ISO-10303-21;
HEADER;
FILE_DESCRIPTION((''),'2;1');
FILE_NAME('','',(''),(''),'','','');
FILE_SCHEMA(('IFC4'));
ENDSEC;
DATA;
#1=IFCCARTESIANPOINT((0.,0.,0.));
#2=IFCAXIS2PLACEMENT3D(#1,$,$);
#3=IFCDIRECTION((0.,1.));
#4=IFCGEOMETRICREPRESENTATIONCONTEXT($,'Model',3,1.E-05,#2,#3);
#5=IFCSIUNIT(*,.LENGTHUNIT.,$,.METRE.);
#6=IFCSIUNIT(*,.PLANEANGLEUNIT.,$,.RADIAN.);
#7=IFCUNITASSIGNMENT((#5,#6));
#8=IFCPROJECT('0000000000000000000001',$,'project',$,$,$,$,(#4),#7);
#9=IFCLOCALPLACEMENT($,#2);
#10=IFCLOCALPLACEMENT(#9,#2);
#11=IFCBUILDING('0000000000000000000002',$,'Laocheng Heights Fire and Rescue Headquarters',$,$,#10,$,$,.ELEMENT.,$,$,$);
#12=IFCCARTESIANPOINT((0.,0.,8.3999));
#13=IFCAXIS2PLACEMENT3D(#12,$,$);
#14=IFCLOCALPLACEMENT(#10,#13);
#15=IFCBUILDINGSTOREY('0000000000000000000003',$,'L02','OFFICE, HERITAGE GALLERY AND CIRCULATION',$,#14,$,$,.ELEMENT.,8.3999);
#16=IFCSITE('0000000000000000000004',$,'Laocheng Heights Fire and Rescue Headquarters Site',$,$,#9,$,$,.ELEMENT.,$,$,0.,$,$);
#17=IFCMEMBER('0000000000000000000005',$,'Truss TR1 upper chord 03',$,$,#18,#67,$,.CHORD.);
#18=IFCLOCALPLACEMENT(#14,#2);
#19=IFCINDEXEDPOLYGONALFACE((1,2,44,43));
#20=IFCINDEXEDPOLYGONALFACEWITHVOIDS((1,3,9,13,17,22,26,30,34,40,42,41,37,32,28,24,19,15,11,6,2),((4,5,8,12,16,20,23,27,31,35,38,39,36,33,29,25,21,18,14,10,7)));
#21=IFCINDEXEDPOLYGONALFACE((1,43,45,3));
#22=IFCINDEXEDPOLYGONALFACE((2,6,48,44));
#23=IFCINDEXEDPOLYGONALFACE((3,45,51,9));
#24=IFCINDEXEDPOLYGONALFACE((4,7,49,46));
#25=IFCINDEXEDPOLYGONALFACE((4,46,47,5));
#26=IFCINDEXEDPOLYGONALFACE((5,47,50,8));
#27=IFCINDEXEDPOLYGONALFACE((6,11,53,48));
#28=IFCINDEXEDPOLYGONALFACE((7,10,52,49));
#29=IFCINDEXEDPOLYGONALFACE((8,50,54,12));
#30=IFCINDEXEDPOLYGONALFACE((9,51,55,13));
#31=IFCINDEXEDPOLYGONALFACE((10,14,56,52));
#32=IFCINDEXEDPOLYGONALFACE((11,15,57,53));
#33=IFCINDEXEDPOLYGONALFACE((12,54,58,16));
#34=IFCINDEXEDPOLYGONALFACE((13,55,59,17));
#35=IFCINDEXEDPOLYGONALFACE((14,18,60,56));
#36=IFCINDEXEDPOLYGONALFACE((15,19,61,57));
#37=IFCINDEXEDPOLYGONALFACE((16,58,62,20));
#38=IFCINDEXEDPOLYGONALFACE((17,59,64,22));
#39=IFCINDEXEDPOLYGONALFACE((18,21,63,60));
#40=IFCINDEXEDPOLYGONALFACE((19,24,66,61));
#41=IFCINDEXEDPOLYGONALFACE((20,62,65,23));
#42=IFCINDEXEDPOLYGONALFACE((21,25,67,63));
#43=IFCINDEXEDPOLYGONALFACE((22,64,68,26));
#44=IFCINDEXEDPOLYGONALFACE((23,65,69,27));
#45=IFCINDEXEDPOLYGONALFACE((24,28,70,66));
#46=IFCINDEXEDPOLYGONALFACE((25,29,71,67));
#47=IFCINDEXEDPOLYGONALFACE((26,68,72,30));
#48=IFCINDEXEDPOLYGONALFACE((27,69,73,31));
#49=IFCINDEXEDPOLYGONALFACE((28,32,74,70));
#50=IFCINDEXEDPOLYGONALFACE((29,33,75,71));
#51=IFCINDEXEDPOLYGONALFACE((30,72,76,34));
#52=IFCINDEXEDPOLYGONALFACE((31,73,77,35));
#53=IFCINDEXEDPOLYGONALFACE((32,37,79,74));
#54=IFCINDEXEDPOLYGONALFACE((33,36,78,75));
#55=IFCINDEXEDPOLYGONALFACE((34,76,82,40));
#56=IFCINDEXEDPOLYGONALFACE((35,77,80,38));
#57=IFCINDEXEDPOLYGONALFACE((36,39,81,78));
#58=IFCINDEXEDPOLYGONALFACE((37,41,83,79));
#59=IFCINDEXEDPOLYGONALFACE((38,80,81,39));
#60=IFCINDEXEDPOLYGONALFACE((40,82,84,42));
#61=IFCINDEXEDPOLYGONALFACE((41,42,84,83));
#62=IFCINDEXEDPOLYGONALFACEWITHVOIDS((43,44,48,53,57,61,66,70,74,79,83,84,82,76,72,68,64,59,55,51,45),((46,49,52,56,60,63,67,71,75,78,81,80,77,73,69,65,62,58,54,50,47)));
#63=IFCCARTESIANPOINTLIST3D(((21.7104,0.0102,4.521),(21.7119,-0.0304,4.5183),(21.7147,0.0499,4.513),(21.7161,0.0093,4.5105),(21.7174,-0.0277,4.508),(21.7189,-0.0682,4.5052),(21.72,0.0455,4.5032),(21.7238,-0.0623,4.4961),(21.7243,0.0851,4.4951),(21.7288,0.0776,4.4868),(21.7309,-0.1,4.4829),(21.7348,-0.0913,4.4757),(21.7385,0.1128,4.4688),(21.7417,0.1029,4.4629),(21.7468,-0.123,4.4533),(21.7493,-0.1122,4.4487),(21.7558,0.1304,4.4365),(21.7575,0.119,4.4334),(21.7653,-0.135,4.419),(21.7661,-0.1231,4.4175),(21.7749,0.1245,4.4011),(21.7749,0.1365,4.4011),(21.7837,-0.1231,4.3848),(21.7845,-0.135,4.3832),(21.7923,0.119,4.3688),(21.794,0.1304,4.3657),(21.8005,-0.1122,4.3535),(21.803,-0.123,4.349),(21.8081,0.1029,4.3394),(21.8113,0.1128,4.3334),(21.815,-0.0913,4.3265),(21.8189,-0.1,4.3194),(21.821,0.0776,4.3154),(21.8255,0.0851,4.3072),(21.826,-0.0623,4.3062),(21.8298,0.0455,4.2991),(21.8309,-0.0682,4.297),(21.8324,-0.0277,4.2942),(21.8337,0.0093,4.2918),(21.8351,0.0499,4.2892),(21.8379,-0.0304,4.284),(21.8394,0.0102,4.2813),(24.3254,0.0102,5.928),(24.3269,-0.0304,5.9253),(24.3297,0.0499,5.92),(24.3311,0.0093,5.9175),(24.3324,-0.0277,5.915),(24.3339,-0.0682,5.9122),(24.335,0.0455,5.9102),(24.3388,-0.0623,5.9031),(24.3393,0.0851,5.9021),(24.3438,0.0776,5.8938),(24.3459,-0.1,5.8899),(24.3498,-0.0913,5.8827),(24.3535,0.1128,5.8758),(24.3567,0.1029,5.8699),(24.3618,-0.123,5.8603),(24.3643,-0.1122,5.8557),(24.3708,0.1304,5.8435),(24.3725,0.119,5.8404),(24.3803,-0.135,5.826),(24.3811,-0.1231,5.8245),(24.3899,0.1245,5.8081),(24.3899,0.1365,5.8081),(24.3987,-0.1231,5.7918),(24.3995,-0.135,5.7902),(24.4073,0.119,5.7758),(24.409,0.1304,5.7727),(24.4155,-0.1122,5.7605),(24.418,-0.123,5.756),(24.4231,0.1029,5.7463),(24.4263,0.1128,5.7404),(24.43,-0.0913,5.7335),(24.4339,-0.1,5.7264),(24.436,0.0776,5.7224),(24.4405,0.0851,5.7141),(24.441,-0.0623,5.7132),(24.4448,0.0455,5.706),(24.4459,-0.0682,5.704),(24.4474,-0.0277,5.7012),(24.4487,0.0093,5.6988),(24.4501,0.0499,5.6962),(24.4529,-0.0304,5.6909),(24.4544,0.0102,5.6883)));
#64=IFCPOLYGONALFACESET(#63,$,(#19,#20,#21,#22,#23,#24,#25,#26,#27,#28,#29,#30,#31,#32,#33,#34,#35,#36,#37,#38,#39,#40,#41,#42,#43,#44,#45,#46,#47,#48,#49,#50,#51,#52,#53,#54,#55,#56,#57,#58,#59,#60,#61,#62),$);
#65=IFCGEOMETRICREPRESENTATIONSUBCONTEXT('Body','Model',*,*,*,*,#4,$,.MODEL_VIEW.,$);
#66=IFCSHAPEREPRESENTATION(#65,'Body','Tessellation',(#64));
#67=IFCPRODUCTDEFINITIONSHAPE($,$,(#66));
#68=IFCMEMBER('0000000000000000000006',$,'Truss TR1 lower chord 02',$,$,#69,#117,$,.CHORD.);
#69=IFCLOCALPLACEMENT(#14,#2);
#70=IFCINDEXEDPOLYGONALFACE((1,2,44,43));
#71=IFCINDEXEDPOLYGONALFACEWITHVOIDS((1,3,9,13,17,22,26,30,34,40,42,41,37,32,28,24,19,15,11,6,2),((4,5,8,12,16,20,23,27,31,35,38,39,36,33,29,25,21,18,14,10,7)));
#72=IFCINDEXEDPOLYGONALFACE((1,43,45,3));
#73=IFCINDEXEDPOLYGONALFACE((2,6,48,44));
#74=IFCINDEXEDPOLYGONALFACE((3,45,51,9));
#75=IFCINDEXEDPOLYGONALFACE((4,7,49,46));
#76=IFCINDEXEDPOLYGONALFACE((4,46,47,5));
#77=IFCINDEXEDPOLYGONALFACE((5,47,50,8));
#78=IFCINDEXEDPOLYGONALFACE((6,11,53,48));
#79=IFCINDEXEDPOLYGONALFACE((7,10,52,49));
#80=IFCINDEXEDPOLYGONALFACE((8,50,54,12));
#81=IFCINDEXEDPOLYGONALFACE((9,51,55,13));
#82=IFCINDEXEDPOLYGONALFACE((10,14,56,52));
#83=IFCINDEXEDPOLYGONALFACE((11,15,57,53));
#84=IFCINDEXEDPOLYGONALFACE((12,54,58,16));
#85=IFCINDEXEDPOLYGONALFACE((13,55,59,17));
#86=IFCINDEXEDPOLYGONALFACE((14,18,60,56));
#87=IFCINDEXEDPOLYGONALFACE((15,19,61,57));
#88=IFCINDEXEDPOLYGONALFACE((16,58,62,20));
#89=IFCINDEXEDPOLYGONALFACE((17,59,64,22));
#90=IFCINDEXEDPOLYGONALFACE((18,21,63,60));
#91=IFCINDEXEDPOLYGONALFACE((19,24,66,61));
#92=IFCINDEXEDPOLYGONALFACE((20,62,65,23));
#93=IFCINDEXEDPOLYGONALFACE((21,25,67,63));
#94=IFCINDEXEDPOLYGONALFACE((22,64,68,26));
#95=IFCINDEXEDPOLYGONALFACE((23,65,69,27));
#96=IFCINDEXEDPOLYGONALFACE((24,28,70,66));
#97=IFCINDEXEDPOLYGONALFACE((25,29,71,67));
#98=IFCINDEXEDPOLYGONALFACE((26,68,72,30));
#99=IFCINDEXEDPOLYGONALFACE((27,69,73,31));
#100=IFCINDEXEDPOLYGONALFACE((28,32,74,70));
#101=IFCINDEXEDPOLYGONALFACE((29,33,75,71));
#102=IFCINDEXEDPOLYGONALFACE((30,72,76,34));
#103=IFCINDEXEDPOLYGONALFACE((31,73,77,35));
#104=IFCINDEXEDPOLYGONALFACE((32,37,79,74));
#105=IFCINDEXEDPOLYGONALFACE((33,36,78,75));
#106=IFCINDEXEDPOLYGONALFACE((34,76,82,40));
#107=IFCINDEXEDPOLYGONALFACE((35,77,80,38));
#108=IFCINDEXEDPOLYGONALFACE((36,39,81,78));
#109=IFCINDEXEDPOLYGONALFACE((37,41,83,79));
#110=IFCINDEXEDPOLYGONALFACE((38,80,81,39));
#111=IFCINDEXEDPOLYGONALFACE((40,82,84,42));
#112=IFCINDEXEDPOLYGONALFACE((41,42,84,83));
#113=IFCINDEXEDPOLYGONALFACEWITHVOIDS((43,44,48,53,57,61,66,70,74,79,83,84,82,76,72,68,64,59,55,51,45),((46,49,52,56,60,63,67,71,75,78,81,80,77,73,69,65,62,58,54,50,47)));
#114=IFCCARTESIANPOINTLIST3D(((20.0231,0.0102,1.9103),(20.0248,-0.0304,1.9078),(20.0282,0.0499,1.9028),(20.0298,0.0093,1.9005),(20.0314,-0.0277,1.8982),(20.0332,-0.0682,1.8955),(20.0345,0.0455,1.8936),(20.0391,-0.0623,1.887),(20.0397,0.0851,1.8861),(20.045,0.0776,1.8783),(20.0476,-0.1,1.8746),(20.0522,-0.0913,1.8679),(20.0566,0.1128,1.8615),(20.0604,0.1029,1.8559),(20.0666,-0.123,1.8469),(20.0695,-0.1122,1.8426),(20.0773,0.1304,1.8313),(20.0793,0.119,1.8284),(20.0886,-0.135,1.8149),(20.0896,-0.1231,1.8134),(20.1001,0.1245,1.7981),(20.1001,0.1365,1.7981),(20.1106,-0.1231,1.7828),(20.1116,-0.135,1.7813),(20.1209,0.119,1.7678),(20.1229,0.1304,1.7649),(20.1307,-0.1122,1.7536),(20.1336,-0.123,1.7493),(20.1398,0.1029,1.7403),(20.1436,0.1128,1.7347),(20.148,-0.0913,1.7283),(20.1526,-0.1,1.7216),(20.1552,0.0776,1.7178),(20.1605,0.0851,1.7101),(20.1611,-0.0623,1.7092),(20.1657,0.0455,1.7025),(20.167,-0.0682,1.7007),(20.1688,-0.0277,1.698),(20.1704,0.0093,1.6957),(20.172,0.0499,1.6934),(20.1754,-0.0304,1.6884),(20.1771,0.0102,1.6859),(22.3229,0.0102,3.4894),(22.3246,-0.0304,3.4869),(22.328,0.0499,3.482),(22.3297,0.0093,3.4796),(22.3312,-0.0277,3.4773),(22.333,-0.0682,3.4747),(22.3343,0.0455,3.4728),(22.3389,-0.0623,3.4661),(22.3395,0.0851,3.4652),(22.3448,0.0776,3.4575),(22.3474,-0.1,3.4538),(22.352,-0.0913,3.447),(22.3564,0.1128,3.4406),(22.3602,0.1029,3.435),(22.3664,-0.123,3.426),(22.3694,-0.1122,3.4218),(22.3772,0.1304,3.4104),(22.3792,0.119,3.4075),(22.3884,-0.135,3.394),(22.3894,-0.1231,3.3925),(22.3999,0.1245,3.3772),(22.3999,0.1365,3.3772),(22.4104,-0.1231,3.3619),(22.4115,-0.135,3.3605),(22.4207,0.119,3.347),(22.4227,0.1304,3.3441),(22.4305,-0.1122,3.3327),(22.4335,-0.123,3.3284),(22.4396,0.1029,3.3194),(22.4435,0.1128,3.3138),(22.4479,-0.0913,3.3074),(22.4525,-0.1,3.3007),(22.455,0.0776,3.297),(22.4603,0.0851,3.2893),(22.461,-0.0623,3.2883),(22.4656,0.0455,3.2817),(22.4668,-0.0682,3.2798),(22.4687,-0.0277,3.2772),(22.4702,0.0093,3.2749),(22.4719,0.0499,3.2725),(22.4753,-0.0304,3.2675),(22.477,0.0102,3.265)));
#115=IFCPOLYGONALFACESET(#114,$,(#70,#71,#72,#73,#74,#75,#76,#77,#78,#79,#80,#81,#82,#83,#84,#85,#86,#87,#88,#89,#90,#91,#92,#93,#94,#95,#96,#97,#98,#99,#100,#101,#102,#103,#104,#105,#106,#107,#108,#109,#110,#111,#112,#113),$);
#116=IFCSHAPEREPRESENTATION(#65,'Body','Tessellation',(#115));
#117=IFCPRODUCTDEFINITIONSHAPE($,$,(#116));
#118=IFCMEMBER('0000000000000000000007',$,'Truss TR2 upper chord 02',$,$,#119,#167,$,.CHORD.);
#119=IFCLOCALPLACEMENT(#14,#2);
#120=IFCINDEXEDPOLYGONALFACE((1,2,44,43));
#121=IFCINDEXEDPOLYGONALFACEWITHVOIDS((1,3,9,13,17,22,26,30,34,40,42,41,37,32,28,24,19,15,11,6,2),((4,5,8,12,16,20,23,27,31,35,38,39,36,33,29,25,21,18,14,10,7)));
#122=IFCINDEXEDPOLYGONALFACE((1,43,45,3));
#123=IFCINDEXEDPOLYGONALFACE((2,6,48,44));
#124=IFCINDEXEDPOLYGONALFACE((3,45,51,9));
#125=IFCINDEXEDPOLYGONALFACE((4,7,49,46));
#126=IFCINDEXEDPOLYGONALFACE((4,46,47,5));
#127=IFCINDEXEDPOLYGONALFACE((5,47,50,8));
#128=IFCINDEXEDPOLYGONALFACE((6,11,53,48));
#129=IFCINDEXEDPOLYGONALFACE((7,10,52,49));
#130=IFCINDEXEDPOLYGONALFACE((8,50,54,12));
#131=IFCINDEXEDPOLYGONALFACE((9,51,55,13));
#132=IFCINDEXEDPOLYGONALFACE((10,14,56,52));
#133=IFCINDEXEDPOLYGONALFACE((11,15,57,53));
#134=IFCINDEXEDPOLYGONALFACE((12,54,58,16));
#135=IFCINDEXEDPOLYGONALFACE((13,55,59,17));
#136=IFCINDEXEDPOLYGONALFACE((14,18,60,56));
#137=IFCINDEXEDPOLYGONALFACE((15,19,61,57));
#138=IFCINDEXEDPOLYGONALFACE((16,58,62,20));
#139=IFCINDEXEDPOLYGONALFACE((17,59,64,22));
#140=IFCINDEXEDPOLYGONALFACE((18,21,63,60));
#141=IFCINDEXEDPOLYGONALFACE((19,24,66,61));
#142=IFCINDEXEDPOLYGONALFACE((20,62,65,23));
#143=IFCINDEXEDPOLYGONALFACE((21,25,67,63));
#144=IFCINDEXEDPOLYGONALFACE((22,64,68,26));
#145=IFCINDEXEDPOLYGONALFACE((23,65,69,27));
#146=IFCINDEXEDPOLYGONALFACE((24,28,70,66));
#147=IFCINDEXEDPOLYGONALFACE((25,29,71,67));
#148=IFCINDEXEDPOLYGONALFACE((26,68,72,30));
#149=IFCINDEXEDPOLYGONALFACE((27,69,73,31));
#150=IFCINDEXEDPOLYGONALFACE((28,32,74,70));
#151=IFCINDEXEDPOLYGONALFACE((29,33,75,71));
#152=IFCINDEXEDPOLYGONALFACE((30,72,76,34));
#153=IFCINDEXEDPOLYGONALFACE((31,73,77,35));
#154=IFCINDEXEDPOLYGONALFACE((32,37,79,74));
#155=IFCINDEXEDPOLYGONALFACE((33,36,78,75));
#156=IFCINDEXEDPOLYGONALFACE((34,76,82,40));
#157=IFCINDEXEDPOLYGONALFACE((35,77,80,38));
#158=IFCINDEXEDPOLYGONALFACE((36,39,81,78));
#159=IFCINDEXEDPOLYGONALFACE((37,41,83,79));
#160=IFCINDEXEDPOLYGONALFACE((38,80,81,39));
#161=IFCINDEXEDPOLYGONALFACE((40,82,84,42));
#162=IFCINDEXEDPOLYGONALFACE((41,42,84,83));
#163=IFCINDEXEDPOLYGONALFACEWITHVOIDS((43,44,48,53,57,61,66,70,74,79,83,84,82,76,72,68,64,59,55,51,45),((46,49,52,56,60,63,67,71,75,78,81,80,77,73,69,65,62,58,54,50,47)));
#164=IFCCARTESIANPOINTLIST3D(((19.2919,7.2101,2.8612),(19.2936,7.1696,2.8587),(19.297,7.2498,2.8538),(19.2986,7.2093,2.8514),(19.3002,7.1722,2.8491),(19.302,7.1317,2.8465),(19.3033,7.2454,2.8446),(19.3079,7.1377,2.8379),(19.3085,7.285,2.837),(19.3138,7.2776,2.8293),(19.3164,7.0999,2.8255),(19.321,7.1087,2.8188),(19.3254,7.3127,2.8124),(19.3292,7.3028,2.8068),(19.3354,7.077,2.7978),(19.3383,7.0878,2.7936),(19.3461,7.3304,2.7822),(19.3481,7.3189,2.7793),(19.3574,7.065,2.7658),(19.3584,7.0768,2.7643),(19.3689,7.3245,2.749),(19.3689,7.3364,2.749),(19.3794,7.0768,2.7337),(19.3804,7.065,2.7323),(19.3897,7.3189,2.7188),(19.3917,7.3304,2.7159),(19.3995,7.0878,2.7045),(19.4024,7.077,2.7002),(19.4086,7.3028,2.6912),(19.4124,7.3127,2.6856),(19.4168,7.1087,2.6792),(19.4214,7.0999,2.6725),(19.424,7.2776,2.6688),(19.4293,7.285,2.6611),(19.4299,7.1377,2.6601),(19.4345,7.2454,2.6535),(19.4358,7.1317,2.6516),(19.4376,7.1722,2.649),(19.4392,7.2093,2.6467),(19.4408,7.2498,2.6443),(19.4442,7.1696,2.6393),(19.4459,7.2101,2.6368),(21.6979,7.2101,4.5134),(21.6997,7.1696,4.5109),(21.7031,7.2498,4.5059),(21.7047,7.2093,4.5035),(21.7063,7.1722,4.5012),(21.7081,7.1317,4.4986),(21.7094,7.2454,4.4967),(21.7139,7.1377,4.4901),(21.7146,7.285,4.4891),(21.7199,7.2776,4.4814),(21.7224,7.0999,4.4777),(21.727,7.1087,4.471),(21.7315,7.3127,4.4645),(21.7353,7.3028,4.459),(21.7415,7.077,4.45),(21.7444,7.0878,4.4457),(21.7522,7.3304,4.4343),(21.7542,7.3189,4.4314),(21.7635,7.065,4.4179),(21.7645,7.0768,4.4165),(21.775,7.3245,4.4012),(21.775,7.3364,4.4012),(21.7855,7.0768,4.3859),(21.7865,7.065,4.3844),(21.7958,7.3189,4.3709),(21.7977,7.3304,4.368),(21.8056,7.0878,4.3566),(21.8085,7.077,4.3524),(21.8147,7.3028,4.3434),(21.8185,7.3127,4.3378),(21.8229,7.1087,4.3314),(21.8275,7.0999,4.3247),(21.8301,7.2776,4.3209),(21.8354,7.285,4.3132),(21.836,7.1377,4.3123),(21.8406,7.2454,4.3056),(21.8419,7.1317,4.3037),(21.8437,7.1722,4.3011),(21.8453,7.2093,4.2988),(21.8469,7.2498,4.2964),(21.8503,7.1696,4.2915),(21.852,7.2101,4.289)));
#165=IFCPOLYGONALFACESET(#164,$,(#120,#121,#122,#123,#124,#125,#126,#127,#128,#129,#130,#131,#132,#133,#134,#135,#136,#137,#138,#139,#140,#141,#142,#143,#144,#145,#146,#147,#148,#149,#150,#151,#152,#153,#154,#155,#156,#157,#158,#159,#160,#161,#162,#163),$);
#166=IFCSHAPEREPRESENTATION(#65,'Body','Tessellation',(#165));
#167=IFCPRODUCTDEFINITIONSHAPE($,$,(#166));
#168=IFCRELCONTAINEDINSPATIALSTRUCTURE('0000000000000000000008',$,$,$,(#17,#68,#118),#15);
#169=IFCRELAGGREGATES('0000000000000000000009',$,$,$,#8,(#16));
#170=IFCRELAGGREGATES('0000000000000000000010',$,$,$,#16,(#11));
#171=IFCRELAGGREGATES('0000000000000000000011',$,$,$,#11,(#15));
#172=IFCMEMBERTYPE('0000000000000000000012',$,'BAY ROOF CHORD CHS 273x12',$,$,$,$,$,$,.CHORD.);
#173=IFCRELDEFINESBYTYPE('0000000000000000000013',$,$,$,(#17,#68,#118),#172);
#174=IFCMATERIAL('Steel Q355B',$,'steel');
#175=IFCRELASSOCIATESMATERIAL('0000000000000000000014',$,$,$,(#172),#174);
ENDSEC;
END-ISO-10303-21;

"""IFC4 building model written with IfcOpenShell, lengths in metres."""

from ifc_helpers import new_model, si_unit, direction, frame, origin, origin_2d, place, context, subcontext, project, spatial, hollow_circle, extrude, material, material_profile, profile_set, type_object, element, save


model = new_model("IFC4")

# Units and contexts
model_context = context("Model", 3, precision=1e-05, world=origin(), true_north=direction((0.0, 1.0)))
body_context = subcontext(model_context, "Body", "Model", "MODEL_VIEW")
ifc_project = project(units=[si_unit("LENGTHUNIT", "METRE"), si_unit("PLANEANGLEUNIT", "RADIAN")], contexts=[model_context])

# Site, building, storey
site_placement = place(None, origin())
site = spatial("IfcSite", under=ifc_project, at=site_placement, Name="Laocheng Heights Fire and Rescue Headquarters Site", CompositionType="ELEMENT", RefElevation=0.0)
building_placement = place(site_placement, origin())
building = spatial("IfcBuilding", under=site, at=building_placement, Name="Laocheng Heights Fire and Rescue Headquarters", CompositionType="ELEMENT")
storey_placement = place(building_placement, frame((0.0, 0.0, 8.3999)))
storey = spatial("IfcBuildingStorey", under=building, at=storey_placement, Name="L02", Description="OFFICE, HERITAGE GALLERY AND CIRCULATION", CompositionType="ELEMENT", Elevation=8.3999)

# Members
ifc_material_1 = material(Name="Steel Q355B", Category="steel")
ifc_material_profile_1 = material_profile(ifc_material_1, hollow_circle(Radius=0.1365, WallThickness=0.012, at=origin_2d()), Name="CHS 273x12")
ifc_profile_set_1 = profile_set([ifc_material_profile_1], Name="Steel Q355B")
member_type_1 = type_object("IfcMemberType", Name="BAY ROOF CHORD CHS 273x12", PredefinedType="CHORD", material=ifc_profile_set_1)
member_1_placement = place(storey_placement, frame((21.7749, 0.0, 4.4011), z_axis=(0.880624, 0.0, 0.473815), x_axis=(0.0, 1.0, 0.0)))
element("IfcMember", 1, at=member_1_placement, inside=storey, type_object=member_type_1, Name="Truss TR1 upper chord 03", PredefinedType="CHORD", context=body_context, shape_type="SweptSolid", body=[
    extrude(hollow_circle(Radius=0.1365, WallThickness=0.012, at=origin_2d()), origin(), (0.0, 0.0, 1.0), 2.9695),
])
member_2_placement = place(storey_placement, frame((20.1001, 0.0, 1.7981), z_axis=(0.824379, 0.0, 0.566038), x_axis=(0.0, 1.0, 0.0)))
element("IfcMember", 2, at=member_2_placement, inside=storey, type_object=member_type_1, Name="Truss TR1 lower chord 02", PredefinedType="CHORD", context=body_context, shape_type="SweptSolid", body=[
    extrude(hollow_circle(Radius=0.1365, WallThickness=0.012, at=origin_2d()), origin(), (0.0, 0.0, 1.0), 2.7898),
])
member_3_placement = place(storey_placement, frame((19.3689, 7.2, 2.749), z_axis=(0.824366, 0.0, 0.566057), x_axis=(0.0, 1.0, 0.0)))
element("IfcMember", 3, at=member_3_placement, inside=storey, type_object=member_type_1, Name="Truss TR2 upper chord 02", PredefinedType="CHORD", context=body_context, shape_type="SweptSolid", body=[
    extrude(hollow_circle(Radius=0.1365, WallThickness=0.012, at=origin_2d()), origin(), (0.0, 0.0, 1.0), 2.9187),
])

save(model, "model.ifc")
